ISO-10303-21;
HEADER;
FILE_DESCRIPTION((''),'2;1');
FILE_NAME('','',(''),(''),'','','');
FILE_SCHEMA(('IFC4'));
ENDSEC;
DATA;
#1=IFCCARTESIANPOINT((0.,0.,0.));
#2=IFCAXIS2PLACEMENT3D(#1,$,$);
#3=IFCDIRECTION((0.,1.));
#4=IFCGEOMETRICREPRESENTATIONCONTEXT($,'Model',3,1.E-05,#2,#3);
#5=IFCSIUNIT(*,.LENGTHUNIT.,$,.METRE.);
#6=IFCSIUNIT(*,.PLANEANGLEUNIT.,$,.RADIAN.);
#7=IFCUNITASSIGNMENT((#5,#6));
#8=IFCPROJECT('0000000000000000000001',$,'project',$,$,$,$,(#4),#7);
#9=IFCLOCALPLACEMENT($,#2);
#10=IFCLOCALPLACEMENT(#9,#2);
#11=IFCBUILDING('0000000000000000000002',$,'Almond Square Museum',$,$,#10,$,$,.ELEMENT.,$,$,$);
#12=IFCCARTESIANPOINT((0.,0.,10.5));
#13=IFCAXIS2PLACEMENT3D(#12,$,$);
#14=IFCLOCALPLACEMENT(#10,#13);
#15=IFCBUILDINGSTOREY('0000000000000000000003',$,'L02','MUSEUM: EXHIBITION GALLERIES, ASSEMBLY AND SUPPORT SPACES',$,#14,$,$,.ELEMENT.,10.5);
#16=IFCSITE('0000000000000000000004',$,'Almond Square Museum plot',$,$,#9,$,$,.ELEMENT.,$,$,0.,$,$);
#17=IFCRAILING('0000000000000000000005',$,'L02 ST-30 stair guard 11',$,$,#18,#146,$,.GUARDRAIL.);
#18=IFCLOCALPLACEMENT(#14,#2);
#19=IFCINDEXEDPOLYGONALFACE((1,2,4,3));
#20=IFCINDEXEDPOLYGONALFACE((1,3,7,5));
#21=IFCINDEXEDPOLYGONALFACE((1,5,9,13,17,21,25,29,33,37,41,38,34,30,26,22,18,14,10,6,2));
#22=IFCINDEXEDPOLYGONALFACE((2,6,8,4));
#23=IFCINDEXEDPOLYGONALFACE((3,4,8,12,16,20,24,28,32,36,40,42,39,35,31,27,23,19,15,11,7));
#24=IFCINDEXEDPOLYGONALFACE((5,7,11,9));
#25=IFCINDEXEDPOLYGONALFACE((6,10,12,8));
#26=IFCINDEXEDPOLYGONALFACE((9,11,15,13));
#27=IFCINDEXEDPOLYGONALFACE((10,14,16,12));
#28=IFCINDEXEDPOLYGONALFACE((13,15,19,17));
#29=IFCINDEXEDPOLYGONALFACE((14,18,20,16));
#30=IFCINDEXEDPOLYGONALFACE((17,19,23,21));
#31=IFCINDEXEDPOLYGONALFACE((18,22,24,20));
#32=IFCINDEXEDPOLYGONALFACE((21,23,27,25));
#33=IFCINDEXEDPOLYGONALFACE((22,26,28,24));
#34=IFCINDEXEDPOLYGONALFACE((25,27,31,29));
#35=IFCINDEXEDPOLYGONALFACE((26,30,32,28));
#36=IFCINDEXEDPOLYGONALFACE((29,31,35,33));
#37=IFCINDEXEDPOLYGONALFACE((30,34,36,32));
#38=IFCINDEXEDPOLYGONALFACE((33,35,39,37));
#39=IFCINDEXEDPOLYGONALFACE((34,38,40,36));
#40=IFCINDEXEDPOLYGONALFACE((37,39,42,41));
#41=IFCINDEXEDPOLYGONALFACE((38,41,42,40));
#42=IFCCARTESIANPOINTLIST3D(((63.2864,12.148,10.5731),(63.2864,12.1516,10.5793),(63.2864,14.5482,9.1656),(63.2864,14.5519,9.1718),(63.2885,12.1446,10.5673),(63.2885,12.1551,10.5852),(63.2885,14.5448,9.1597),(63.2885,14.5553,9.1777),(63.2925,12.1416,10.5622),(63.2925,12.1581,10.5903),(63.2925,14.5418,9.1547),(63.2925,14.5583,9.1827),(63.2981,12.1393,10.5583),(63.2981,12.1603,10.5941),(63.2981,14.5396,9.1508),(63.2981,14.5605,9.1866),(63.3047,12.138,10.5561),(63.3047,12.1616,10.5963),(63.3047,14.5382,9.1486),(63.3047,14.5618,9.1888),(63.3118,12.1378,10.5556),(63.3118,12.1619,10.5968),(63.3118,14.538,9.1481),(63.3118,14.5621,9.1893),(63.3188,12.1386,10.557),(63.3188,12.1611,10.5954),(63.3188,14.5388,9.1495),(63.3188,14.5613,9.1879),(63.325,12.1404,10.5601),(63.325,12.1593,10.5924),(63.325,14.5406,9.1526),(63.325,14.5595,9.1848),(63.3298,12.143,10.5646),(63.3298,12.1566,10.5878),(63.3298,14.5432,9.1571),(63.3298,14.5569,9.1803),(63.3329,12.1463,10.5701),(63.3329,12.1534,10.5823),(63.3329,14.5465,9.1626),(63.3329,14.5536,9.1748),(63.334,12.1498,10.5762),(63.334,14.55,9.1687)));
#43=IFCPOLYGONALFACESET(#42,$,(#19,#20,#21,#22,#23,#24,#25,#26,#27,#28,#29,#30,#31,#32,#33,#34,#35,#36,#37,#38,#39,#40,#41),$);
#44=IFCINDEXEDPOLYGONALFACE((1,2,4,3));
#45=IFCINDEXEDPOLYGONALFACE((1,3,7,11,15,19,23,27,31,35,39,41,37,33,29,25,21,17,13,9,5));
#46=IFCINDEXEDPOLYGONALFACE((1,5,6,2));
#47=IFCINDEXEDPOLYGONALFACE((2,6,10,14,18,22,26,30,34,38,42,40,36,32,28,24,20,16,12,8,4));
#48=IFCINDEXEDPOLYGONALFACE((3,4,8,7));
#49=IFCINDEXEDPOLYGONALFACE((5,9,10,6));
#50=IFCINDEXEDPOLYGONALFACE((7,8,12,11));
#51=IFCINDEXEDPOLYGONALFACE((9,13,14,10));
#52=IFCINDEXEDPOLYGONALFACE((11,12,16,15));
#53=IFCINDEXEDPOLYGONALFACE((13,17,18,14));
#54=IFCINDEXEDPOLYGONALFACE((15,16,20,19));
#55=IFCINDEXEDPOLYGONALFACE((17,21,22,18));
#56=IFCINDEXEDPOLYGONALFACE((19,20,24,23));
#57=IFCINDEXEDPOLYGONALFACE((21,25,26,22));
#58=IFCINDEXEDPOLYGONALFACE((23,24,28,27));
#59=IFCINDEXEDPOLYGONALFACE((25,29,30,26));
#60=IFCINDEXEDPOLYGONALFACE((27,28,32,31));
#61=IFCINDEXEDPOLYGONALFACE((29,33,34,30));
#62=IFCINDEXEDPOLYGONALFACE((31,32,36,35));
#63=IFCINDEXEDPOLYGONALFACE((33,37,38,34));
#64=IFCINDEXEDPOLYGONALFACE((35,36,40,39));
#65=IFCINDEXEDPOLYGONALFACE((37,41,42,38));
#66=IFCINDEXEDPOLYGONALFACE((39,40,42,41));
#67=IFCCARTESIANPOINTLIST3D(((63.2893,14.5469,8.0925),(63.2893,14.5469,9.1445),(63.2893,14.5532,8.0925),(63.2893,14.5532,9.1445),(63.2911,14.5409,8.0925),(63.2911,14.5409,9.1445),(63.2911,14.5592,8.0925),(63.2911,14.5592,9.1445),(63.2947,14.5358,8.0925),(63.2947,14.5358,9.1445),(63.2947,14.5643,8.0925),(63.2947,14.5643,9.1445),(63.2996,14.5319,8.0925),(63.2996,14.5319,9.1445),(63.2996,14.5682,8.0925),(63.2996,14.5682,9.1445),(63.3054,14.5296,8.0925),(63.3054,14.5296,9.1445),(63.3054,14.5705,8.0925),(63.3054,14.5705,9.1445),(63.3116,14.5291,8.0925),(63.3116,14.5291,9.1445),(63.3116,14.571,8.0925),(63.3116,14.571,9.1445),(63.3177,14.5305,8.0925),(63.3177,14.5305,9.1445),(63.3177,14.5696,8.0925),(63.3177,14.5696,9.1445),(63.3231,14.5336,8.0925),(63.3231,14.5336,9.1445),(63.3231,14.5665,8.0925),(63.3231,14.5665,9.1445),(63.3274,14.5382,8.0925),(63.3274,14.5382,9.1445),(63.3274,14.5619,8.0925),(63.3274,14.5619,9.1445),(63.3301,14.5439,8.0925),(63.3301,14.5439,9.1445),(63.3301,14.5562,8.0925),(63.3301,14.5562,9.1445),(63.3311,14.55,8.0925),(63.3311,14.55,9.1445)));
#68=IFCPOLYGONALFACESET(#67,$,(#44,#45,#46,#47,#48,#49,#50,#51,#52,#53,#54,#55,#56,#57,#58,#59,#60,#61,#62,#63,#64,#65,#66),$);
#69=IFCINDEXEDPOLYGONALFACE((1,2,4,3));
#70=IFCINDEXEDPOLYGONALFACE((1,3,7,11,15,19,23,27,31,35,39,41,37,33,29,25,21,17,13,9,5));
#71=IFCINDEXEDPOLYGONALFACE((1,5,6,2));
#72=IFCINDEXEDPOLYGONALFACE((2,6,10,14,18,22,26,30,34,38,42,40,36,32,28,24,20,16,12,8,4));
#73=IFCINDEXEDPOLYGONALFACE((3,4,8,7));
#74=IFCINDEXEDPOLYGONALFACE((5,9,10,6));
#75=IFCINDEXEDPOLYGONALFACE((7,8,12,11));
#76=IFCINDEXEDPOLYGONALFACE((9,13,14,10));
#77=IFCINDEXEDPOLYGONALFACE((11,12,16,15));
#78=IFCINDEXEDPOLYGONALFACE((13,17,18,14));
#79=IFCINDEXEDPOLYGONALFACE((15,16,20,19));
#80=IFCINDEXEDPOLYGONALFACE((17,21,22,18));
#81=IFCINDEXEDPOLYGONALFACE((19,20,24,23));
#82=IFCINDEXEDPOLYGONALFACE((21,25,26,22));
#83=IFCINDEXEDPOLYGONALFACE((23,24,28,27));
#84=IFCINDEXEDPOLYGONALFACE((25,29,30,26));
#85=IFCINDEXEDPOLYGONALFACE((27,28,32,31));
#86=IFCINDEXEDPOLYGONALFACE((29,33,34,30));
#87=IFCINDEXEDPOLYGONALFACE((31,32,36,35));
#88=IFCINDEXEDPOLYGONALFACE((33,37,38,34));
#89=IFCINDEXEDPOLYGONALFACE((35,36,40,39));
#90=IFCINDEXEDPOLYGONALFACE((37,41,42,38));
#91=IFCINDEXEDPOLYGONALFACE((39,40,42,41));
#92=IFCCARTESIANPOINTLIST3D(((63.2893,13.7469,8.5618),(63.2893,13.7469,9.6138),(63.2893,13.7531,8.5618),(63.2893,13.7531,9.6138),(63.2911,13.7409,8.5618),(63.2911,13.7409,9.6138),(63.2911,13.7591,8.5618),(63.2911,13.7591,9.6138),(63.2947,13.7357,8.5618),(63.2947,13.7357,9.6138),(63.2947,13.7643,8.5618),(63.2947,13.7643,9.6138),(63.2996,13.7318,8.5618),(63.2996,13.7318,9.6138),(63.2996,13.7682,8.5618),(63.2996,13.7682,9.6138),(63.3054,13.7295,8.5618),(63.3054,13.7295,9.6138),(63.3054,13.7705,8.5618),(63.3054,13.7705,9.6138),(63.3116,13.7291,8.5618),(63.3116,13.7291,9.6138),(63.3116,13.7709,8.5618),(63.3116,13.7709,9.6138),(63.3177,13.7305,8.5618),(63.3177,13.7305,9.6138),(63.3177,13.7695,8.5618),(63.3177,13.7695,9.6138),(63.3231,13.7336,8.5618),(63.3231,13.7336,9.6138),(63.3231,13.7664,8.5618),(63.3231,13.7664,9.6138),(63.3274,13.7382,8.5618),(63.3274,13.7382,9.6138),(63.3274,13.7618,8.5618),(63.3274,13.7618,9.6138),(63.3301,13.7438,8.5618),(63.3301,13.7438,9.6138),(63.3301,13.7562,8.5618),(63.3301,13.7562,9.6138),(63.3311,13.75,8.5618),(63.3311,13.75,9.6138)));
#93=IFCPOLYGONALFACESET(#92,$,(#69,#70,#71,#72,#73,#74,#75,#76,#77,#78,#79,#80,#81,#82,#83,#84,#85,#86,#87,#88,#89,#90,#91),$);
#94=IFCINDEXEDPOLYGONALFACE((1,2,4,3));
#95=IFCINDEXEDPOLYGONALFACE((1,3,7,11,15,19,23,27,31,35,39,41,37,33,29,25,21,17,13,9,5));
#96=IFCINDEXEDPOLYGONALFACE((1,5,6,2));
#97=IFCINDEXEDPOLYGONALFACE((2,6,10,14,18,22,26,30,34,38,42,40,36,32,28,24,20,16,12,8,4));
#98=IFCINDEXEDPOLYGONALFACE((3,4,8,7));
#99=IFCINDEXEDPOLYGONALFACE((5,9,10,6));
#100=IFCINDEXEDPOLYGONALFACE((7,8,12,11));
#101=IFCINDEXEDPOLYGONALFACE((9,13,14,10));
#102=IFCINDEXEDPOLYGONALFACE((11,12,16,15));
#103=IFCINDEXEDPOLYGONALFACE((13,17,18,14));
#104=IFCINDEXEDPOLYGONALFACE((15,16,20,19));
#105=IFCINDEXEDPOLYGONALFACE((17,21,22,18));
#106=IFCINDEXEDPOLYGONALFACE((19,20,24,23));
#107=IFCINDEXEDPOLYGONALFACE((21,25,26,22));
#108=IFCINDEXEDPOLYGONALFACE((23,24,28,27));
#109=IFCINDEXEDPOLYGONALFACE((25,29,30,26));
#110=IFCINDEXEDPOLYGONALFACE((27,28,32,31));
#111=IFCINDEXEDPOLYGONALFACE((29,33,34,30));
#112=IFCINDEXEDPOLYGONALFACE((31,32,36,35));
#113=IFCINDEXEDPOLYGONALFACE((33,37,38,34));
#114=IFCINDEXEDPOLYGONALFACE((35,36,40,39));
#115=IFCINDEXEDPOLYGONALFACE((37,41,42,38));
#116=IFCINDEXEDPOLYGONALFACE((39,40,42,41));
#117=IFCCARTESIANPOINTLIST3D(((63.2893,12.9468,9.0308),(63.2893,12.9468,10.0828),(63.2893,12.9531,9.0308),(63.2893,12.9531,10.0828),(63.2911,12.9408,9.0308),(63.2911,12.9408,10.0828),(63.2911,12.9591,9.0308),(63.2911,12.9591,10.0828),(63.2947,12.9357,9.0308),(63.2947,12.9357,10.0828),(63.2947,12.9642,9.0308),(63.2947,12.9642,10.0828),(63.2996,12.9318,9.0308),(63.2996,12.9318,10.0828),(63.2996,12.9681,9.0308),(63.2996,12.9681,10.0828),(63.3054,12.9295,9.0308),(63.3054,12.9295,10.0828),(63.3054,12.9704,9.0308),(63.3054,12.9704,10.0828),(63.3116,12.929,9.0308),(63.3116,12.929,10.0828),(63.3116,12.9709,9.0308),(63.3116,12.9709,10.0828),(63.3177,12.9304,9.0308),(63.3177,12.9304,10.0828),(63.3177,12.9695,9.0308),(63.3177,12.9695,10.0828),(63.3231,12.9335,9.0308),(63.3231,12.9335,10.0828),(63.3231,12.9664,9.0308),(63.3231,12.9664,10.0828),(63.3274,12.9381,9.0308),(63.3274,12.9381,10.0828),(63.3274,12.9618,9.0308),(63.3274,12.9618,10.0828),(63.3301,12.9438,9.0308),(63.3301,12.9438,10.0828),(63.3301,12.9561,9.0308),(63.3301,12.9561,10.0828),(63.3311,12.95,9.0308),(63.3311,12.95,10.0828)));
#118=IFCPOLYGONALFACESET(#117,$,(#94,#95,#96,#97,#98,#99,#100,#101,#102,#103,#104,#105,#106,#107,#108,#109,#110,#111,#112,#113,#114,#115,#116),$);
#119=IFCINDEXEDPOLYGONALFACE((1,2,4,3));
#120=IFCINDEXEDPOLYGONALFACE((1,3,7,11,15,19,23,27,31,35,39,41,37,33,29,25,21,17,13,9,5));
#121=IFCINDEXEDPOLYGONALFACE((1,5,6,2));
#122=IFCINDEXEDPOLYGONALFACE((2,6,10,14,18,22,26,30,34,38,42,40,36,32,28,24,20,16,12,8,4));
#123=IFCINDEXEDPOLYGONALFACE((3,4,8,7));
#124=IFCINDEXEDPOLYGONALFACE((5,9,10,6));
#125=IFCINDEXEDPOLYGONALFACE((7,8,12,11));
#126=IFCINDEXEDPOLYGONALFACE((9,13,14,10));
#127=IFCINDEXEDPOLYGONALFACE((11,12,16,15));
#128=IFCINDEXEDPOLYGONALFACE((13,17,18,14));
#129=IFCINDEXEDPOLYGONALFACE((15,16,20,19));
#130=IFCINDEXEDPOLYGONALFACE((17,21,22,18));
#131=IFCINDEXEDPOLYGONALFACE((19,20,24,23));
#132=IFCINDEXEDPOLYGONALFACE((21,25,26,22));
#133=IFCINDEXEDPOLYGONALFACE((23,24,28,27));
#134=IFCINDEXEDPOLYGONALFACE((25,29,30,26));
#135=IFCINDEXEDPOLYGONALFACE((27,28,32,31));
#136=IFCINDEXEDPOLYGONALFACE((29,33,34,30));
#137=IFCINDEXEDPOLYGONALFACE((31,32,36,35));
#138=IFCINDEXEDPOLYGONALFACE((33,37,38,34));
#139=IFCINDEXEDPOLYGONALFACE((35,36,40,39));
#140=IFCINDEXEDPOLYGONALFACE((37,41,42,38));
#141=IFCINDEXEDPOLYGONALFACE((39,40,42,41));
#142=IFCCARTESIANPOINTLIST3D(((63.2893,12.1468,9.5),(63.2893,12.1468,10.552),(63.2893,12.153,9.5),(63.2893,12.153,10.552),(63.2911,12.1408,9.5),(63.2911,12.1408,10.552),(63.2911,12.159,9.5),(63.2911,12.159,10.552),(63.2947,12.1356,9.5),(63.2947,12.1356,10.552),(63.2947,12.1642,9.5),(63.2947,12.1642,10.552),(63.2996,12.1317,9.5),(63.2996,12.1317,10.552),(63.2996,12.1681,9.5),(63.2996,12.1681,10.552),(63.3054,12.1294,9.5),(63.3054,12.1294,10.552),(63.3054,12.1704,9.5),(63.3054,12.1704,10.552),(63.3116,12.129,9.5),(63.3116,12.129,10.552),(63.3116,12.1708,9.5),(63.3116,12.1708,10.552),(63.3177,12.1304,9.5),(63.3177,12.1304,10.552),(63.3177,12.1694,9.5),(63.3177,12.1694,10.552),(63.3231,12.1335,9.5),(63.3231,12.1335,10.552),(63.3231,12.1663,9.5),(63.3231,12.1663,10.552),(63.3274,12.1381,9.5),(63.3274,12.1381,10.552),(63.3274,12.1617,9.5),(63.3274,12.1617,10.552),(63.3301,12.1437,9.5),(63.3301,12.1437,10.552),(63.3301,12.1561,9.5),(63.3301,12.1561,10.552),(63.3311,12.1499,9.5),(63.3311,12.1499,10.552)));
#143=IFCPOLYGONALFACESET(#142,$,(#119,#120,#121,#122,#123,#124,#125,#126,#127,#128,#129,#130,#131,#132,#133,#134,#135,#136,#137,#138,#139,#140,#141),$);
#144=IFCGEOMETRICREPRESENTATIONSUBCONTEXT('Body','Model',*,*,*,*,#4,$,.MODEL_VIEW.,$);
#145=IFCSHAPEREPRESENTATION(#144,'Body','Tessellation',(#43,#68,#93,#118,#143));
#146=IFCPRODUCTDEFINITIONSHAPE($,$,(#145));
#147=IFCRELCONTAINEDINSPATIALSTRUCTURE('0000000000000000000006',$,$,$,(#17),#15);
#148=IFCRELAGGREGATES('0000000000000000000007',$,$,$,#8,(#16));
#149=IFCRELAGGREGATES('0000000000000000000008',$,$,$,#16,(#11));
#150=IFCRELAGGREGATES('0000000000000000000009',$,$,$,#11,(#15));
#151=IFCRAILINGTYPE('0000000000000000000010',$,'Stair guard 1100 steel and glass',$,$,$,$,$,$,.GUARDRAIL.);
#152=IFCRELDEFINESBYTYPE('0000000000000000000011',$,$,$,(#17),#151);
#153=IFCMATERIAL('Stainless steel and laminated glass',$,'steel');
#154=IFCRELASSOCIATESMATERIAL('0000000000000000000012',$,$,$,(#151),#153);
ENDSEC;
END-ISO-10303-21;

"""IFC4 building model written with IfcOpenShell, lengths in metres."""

from ifc_helpers import new_model, si_unit, direction, frame, origin, origin_2d, place, context, subcontext, project, spatial, circle, extrude, material, type_object, element, save


model = new_model("IFC4")

# Units and contexts
model_context = context("Model", 3, precision=1e-05, world=origin(), true_north=direction((0.0, 1.0)))
body_context = subcontext(model_context, "Body", "Model", "MODEL_VIEW")
ifc_project = project(units=[si_unit("LENGTHUNIT", "METRE"), si_unit("PLANEANGLEUNIT", "RADIAN")], contexts=[model_context])

# Site, building, storey
site_placement = place(None, origin())
site = spatial("IfcSite", under=ifc_project, at=site_placement, Name="Almond Square Museum plot", CompositionType="ELEMENT", RefElevation=0.0)
building_placement = place(site_placement, origin())
building = spatial("IfcBuilding", under=site, at=building_placement, Name="Almond Square Museum", CompositionType="ELEMENT")
storey_placement = place(building_placement, frame((0.0, 0.0, 10.5)))
storey = spatial("IfcBuildingStorey", under=building, at=storey_placement, Name="L02", Description="MUSEUM: EXHIBITION GALLERIES, ASSEMBLY AND SUPPORT SPACES", CompositionType="ELEMENT", Elevation=10.5)

# Railing
ifc_material_1 = material(Name="Stainless steel and laminated glass", Category="steel")
railing_type_1 = type_object("IfcRailingType", Name="Stair guard 1100 steel and glass", PredefinedType="GUARDRAIL", material=ifc_material_1)
railing_1_placement = place(storey_placement, frame((63.3101, 14.55, 8.0925)))
element("IfcRailing", 1, at=railing_1_placement, inside=storey, type_object=railing_type_1, Name="L02 ST-30 stair guard 11", PredefinedType="GUARDRAIL", context=body_context, shape_type="SweptSolid", body=[
    extrude(circle(Radius=0.0239, at=origin_2d()), frame((0.0, 0.0, 1.0762), z_axis=(0.0, -0.862621, 0.50585), x_axis=(1.0, 0.0, 0.0)), (0.0, 0.0, 1.0), 2.7825),
    extrude(circle(Radius=0.021, at=origin_2d()), origin(), (0.0, 0.0, 1.0), 1.052),
    extrude(circle(Radius=0.021, at=origin_2d()), frame((0.0, -0.8, 0.4692)), (0.0, 0.0, 1.0), 1.052),
    extrude(circle(Radius=0.021, at=origin_2d()), frame((0.0, -1.6001, 0.9382)), (0.0, 0.0, 1.0), 1.052),
    extrude(circle(Radius=0.021, at=origin_2d()), frame((0.0, -2.4001, 1.4075)), (0.0, 0.0, 1.0), 1.052),
])

save(model, "model.ifc")
